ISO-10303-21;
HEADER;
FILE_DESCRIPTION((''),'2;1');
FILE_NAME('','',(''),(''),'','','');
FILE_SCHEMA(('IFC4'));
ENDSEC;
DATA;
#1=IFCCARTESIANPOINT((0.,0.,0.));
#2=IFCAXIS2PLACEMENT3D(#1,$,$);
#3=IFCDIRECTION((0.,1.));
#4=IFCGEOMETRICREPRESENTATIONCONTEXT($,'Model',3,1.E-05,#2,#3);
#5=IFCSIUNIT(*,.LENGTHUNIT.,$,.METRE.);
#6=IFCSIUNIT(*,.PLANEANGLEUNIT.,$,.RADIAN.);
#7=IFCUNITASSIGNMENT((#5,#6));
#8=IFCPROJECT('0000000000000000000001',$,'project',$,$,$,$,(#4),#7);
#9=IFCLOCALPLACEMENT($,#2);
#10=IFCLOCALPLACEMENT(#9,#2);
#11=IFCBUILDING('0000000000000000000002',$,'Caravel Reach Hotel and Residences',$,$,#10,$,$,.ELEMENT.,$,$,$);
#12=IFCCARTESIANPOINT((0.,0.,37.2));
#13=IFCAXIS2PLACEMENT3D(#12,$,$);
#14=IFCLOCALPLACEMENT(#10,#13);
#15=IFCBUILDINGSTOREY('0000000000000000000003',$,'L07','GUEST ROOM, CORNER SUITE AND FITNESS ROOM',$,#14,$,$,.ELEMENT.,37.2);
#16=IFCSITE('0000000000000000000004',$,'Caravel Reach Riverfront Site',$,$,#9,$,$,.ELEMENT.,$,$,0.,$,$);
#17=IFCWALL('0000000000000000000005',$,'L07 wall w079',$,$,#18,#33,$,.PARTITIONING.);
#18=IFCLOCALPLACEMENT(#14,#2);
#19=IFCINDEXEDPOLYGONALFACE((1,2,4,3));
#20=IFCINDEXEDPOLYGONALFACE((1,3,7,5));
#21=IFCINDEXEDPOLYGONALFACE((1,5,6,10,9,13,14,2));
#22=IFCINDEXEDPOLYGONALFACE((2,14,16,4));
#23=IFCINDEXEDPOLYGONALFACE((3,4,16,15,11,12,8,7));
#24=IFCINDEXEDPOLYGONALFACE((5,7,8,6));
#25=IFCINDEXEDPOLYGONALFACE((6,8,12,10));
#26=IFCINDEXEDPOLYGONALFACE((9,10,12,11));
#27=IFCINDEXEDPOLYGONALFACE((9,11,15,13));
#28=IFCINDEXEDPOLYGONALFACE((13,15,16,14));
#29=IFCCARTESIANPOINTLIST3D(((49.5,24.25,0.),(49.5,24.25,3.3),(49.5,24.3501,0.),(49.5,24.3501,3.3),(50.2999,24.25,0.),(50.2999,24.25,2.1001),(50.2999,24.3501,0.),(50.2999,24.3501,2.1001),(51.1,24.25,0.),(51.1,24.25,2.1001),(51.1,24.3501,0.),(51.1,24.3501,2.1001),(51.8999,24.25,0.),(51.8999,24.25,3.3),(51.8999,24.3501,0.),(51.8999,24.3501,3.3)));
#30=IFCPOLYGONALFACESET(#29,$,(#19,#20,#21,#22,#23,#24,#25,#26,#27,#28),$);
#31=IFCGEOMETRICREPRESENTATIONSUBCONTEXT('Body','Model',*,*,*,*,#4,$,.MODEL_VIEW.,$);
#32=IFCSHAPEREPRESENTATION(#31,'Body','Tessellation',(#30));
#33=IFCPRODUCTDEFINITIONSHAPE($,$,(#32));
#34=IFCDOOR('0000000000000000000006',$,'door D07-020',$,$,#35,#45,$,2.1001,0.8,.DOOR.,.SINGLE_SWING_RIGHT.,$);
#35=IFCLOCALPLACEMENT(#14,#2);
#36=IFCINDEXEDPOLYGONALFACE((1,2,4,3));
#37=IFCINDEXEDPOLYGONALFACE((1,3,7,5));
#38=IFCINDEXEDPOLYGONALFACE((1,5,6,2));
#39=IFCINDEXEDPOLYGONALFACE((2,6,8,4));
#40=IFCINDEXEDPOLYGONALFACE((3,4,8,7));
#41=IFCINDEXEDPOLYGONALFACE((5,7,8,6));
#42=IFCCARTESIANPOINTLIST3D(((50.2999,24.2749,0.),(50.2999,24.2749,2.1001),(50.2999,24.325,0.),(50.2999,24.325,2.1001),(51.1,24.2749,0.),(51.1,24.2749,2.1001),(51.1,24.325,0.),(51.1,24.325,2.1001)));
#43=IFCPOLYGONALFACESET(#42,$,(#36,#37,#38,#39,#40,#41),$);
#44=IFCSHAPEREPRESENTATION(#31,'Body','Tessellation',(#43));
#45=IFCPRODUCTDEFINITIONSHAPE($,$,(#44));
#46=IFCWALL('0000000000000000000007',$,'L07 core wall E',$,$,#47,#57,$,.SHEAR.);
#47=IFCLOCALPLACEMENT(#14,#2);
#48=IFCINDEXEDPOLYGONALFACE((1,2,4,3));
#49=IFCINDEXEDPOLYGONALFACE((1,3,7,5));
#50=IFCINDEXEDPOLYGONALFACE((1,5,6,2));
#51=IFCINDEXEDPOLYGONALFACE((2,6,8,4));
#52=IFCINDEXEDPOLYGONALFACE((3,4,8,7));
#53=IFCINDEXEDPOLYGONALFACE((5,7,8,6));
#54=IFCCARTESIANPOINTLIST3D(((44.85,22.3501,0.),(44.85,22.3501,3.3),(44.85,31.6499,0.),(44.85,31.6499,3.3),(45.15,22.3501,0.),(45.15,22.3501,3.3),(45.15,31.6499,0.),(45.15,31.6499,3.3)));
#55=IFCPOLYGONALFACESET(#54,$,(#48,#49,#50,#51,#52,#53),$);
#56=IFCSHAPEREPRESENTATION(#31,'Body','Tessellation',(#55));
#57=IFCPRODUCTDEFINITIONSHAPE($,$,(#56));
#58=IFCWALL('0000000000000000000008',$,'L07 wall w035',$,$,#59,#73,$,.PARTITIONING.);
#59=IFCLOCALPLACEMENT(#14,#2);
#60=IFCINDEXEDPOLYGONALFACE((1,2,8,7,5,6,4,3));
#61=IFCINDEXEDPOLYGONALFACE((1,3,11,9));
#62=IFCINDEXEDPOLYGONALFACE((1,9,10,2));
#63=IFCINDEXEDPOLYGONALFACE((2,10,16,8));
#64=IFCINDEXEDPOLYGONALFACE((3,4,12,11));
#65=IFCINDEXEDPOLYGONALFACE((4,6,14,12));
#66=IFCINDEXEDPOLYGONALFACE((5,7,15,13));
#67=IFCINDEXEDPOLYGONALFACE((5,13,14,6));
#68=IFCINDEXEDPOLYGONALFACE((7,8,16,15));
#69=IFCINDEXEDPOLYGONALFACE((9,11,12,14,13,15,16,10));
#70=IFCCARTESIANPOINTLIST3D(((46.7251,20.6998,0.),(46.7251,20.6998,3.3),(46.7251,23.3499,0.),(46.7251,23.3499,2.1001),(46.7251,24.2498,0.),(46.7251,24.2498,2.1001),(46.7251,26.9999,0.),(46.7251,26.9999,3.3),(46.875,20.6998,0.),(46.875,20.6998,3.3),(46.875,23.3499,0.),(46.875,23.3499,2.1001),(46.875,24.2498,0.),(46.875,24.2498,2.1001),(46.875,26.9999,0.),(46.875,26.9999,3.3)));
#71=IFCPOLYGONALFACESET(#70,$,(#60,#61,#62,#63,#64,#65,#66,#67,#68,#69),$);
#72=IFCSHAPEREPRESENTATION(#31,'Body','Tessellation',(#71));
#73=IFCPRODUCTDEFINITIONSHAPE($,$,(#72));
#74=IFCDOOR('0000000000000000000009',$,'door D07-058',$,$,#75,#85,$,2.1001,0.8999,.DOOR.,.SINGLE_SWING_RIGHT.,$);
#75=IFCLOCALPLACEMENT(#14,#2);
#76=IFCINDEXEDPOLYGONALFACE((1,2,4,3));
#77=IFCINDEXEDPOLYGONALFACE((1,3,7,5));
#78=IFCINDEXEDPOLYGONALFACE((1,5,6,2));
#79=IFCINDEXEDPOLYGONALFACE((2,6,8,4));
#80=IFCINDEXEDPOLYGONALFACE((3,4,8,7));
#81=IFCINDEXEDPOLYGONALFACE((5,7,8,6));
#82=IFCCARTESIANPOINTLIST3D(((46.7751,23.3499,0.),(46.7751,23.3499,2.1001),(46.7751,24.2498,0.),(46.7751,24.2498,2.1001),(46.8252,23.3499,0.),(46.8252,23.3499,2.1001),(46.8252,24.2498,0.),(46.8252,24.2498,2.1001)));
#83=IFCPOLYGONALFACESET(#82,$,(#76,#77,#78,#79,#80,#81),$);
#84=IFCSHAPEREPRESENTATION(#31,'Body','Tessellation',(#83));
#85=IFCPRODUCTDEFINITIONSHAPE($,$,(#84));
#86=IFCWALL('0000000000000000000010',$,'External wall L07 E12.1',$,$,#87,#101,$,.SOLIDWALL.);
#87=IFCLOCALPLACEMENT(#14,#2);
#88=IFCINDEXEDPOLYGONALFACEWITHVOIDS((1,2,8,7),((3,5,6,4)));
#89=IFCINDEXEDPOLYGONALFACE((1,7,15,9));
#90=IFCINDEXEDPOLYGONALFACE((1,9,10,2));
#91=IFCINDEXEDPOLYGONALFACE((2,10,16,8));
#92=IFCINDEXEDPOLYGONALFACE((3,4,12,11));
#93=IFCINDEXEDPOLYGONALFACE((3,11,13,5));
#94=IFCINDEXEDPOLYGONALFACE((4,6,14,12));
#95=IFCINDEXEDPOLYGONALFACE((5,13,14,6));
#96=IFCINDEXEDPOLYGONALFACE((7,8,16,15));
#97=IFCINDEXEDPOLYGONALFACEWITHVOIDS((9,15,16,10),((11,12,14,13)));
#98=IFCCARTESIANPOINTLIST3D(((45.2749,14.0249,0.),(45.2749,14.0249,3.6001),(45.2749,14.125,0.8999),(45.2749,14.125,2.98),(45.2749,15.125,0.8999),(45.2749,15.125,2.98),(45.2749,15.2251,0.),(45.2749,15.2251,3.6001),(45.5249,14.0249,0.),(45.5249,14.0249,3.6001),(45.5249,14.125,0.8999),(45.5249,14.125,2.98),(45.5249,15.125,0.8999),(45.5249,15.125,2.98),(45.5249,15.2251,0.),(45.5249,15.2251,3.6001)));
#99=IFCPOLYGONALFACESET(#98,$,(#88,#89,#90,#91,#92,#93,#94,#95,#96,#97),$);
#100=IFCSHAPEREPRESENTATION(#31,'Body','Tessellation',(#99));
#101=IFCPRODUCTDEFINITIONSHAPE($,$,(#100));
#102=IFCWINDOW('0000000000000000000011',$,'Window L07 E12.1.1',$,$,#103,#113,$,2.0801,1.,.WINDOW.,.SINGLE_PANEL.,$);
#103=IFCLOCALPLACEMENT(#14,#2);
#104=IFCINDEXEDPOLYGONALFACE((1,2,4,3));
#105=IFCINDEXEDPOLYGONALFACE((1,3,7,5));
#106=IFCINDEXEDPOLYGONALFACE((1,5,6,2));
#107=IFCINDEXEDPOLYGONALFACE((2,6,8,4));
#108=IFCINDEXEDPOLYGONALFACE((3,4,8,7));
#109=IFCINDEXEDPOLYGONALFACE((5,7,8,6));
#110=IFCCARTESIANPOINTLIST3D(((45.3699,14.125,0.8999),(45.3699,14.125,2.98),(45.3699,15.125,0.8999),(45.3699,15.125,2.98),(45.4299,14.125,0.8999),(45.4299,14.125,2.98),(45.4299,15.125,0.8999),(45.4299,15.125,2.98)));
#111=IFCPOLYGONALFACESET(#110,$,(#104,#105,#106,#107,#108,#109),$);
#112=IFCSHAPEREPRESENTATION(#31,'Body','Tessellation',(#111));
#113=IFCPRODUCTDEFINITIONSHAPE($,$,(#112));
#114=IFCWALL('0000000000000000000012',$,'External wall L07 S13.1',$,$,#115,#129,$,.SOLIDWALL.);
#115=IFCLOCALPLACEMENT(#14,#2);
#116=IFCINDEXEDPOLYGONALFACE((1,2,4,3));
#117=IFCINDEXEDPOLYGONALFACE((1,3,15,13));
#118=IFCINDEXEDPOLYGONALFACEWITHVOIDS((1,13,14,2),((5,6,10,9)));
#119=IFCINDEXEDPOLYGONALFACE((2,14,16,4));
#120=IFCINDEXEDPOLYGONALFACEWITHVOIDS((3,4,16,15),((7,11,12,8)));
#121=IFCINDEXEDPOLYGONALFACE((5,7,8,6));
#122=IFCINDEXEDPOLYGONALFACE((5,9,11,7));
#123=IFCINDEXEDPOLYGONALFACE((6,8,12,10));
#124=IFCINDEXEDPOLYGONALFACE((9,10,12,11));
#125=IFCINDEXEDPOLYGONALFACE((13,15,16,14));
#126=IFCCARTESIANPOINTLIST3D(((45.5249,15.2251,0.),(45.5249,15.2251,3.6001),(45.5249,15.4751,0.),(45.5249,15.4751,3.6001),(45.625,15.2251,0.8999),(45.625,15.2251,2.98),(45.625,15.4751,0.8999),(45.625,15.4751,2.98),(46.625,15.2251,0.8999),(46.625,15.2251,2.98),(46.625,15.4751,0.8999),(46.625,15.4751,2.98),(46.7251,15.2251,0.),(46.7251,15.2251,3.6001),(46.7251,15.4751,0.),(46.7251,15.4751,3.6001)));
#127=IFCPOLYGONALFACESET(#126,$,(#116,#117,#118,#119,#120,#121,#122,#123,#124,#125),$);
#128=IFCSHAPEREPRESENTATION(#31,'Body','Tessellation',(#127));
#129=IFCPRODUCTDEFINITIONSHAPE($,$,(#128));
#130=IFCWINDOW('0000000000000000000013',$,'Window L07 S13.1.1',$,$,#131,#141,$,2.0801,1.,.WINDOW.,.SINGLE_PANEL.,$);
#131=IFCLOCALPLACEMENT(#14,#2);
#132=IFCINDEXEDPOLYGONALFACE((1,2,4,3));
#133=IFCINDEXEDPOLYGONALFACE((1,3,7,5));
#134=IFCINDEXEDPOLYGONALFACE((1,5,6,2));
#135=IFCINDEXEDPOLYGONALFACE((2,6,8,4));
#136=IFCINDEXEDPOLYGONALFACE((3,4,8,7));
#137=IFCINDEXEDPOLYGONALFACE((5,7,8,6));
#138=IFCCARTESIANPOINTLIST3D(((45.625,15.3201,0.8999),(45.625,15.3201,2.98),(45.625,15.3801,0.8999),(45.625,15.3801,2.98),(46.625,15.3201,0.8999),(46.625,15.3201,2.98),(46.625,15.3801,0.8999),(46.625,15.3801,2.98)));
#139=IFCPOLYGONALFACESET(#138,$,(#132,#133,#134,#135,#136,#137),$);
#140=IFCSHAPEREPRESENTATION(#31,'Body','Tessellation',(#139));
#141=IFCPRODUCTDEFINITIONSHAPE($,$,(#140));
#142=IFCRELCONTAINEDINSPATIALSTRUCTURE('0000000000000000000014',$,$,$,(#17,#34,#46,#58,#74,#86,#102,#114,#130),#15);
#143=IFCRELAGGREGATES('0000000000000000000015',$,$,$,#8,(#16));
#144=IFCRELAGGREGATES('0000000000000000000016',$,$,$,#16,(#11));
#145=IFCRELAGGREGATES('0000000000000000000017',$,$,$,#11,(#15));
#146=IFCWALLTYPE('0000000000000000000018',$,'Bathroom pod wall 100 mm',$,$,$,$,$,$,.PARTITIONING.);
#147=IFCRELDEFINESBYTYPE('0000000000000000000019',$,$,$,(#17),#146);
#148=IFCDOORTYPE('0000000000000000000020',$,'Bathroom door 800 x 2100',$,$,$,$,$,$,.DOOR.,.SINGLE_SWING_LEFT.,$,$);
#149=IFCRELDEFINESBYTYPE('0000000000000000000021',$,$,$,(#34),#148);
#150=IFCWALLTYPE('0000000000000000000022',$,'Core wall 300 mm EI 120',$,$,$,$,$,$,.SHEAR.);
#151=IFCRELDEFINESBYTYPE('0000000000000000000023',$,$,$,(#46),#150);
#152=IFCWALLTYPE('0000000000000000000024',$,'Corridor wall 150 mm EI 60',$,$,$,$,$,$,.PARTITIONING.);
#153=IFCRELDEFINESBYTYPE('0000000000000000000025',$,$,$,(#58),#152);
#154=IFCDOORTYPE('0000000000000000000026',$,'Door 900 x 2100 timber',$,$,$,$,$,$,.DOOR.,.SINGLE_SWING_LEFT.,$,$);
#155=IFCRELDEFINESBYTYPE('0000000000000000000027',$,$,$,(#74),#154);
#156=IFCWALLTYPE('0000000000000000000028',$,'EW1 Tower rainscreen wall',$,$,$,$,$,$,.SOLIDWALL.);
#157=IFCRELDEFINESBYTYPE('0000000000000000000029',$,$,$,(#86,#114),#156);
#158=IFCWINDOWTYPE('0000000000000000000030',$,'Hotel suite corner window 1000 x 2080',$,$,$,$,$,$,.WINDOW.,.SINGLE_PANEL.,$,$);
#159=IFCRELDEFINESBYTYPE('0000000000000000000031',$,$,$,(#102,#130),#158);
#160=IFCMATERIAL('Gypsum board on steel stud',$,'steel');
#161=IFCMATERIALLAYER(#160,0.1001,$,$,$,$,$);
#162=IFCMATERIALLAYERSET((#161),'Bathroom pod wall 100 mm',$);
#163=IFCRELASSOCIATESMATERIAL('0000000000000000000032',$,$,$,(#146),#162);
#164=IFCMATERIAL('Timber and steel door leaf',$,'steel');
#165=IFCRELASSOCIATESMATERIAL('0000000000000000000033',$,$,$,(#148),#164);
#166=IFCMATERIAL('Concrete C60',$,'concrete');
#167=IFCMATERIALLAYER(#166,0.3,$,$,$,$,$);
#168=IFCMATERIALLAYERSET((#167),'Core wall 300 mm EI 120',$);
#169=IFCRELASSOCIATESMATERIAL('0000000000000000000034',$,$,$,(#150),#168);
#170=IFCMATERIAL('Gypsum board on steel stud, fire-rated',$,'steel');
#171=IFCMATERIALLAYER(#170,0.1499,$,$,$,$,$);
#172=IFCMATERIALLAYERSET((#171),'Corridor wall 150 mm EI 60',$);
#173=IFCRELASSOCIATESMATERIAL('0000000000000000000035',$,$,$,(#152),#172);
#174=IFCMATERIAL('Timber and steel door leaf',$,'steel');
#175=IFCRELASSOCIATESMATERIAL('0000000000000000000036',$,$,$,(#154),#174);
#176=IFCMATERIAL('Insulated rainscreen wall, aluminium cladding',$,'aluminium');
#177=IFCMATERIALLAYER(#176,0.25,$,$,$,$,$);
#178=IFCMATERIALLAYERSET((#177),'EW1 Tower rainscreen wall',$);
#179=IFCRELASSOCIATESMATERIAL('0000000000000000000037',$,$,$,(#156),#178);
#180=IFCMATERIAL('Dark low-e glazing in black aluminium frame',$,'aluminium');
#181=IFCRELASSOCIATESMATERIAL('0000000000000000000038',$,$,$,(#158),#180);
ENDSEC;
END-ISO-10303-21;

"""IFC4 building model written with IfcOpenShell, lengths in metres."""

from ifc_helpers import new_model, si_unit, direction, frame, frame_2d, origin, place, context, subcontext, project, spatial, rectangle, extrude, material, layer, layer_set, type_object, element, fill, save


model = new_model("IFC4")

# Units and contexts
model_context = context("Model", 3, precision=1e-05, world=origin(), true_north=direction((0.0, 1.0)))
body_context = subcontext(model_context, "Body", "Model", "MODEL_VIEW")
ifc_project = project(units=[si_unit("LENGTHUNIT", "METRE"), si_unit("PLANEANGLEUNIT", "RADIAN")], contexts=[model_context])

# Site, building, storey
site_placement = place(None, origin())
site = spatial("IfcSite", under=ifc_project, at=site_placement, Name="Caravel Reach Riverfront Site", CompositionType="ELEMENT", RefElevation=0.0)
building_placement = place(site_placement, origin())
building = spatial("IfcBuilding", under=site, at=building_placement, Name="Caravel Reach Hotel and Residences", CompositionType="ELEMENT")
storey_placement = place(building_placement, frame((0.0, 0.0, 37.2)))
storey = spatial("IfcBuildingStorey", under=building, at=storey_placement, Name="L07", Description="GUEST ROOM, CORNER SUITE AND FITNESS ROOM", CompositionType="ELEMENT", Elevation=37.2)

# Wall, opening, door
ifc_material_1 = material(Name="Gypsum board on steel stud", Category="steel")
ifc_layer_1 = layer(ifc_material_1, 0.1001)
ifc_layer_set_1 = layer_set([ifc_layer_1], Name="Bathroom pod wall 100 mm")
wall_type_1 = type_object("IfcWallType", Name="Bathroom pod wall 100 mm", PredefinedType="PARTITIONING", material=ifc_layer_set_1)
wall_1_placement = place(storey_placement, frame((49.5, 24.3, 0.0), z_axis=(0.0, 0.0, 1.0), x_axis=(1.0, 0.0, 0.0)))
wall_1 = element("IfcWall", 1, at=wall_1_placement, inside=storey, type_object=wall_type_1, Name="L07 wall w079", PredefinedType="PARTITIONING", context=body_context, shape_type="SweptSolid", body=[
    extrude(rectangle(XDim=2.3999, YDim=0.1001, at=frame_2d((1.2, 0.0))), origin(), (0.0, 0.0, 1.0), 3.3),
])
opening_1_placement = place(wall_1_placement, frame((0.8, 0.0, 0.0)))
opening_1 = element("IfcOpeningElement", 2, at=opening_1_placement, cuts=wall_1, PredefinedType="OPENING", context=body_context, shape_type="SweptSolid", body=[
    extrude(rectangle(XDim=0.8, YDim=2.1001, at=frame_2d((0.3999, 1.05))), frame((0.0, 0.0601, 0.0), z_axis=(0.0, -1.0, 0.0), x_axis=(1.0, 0.0, 0.0)), (0.0, 0.0, 1.0), 0.1201),
])
ifc_material_2 = material(Name="Timber and steel door leaf", Category="steel")
door_type_1 = type_object("IfcDoorType", Name="Bathroom door 800 x 2100", OperationType="SINGLE_SWING_LEFT", PredefinedType="DOOR", material=ifc_material_2)
door_1_placement = place(opening_1_placement, origin())
door_1 = element("IfcDoor", 3, at=door_1_placement, inside=storey, type_object=door_type_1, Name="door D07-020", OperationType="SINGLE_SWING_RIGHT", OverallHeight=2.1001, OverallWidth=0.8, PredefinedType="DOOR", context=body_context, shape_type="SweptSolid", body=[
    extrude(rectangle(XDim=0.8, YDim=2.1001, at=frame_2d((0.3999, 1.05))), frame((0.0, 0.0249, 0.0), z_axis=(0.0, -1.0, 0.0), x_axis=(1.0, 0.0, 0.0)), (0.0, 0.0, 1.0), 0.05),
])
fill(opening_1, door_1)

# Wall
ifc_material_3 = material(Name="Concrete C60", Category="concrete")
ifc_layer_2 = layer(ifc_material_3, 0.3)
ifc_layer_set_2 = layer_set([ifc_layer_2], Name="Core wall 300 mm EI 120")
wall_type_2 = type_object("IfcWallType", Name="Core wall 300 mm EI 120", PredefinedType="SHEAR", material=ifc_layer_set_2)
wall_2_placement = place(storey_placement, frame((45.0, 22.3501, 0.0), z_axis=(0.0, 0.0, 1.0), x_axis=(0.0, 1.0, 0.0)))
element("IfcWall", 4, at=wall_2_placement, inside=storey, type_object=wall_type_2, Name="L07 core wall E", PredefinedType="SHEAR", context=body_context, shape_type="SweptSolid", body=[
    extrude(rectangle(XDim=9.2998, YDim=0.3, at=frame_2d((4.6499, 0.0))), origin(), (0.0, 0.0, 1.0), 3.3),
])

# Wall, opening, door
ifc_material_4 = material(Name="Gypsum board on steel stud, fire-rated", Category="steel")
ifc_layer_3 = layer(ifc_material_4, 0.1499)
ifc_layer_set_3 = layer_set([ifc_layer_3], Name="Corridor wall 150 mm EI 60")
wall_type_3 = type_object("IfcWallType", Name="Corridor wall 150 mm EI 60", PredefinedType="PARTITIONING", material=ifc_layer_set_3)
wall_3_placement = place(storey_placement, frame((46.8, 20.7, 0.0), z_axis=(0.0, 0.0, 1.0), x_axis=(0.0, 1.0, 0.0)))
wall_3 = element("IfcWall", 5, at=wall_3_placement, inside=storey, type_object=wall_type_3, Name="L07 wall w035", PredefinedType="PARTITIONING", context=body_context, shape_type="SweptSolid", body=[
    extrude(rectangle(XDim=6.3, YDim=0.1499, at=frame_2d((3.1499, 0.0))), origin(), (0.0, 0.0, 1.0), 3.3),
])
opening_2_placement = place(wall_3_placement, frame((2.6499, 0.0, 0.0)))
opening_2 = element("IfcOpeningElement", 6, at=opening_2_placement, cuts=wall_3, PredefinedType="OPENING", context=body_context, shape_type="SweptSolid", body=[
    extrude(rectangle(XDim=0.8999, YDim=2.1001, at=frame_2d((0.45, 1.05))), frame((0.0, 0.085, 0.0), z_axis=(0.0, -1.0, 0.0), x_axis=(1.0, 0.0, 0.0)), (0.0, 0.0, 1.0), 0.1699),
])
ifc_material_5 = material(Name="Timber and steel door leaf", Category="steel")
door_type_2 = type_object("IfcDoorType", Name="Door 900 x 2100 timber", OperationType="SINGLE_SWING_LEFT", PredefinedType="DOOR", material=ifc_material_5)
door_2_placement = place(opening_2_placement, origin())
door_2 = element("IfcDoor", 7, at=door_2_placement, inside=storey, type_object=door_type_2, Name="door D07-058", OperationType="SINGLE_SWING_RIGHT", OverallHeight=2.1001, OverallWidth=0.8999, PredefinedType="DOOR", context=body_context, shape_type="SweptSolid", body=[
    extrude(rectangle(XDim=0.8999, YDim=2.1001, at=frame_2d((0.45, 1.05))), frame((0.0, 0.0249, 0.0), z_axis=(0.0, -1.0, 0.0), x_axis=(1.0, 0.0, 0.0)), (0.0, 0.0, 1.0), 0.05),
])
fill(opening_2, door_2)

# Walls, openings, windows
ifc_material_6 = material(Name="Insulated rainscreen wall, aluminium cladding", Category="aluminium")
ifc_layer_4 = layer(ifc_material_6, 0.25)
ifc_layer_set_4 = layer_set([ifc_layer_4], Name="EW1 Tower rainscreen wall")
wall_type_4 = type_object("IfcWallType", Name="EW1 Tower rainscreen wall", PredefinedType="SOLIDWALL", material=ifc_layer_set_4)
wall_4_placement = place(storey_placement, frame((45.3999, 14.0249, 0.0), z_axis=(0.0, 0.0, 1.0), x_axis=(0.0, 1.0, 0.0)))
wall_4 = element("IfcWall", 8, at=wall_4_placement, inside=storey, type_object=wall_type_4, Name="External wall L07 E12.1", PredefinedType="SOLIDWALL", context=body_context, shape_type="SweptSolid", body=[
    extrude(rectangle(XDim=1.2002, YDim=0.25, at=frame_2d((0.6001, 0.0))), origin(), (0.0, 0.0, 1.0), 3.6001),
])
opening_3_placement = place(wall_4_placement, frame((0.1001, 0.0, 0.8999)))
opening_3 = element("IfcOpeningElement", 9, at=opening_3_placement, cuts=wall_4, PredefinedType="OPENING", context=body_context, shape_type="SweptSolid", body=[
    extrude(rectangle(XDim=1.0, YDim=2.0801, at=frame_2d((0.5, 1.04))), frame((0.0, 0.135, 0.0), z_axis=(0.0, -1.0, 0.0), x_axis=(1.0, 0.0, 0.0)), (0.0, 0.0, 1.0), 0.27),
])
ifc_material_7 = material(Name="Dark low-e glazing in black aluminium frame", Category="aluminium")
window_type_1 = type_object("IfcWindowType", Name="Hotel suite corner window 1000 x 2080", PartitioningType="SINGLE_PANEL", PredefinedType="WINDOW", material=ifc_material_7)
window_1_placement = place(opening_3_placement, origin())
window_1 = element("IfcWindow", 10, at=window_1_placement, inside=storey, type_object=window_type_1, Name="Window L07 E12.1.1", OverallHeight=2.0801, OverallWidth=1.0, PartitioningType="SINGLE_PANEL", PredefinedType="WINDOW", context=body_context, shape_type="SweptSolid", body=[
    extrude(rectangle(XDim=1.0, YDim=2.0801, at=frame_2d((0.5, 1.04))), frame((0.0, 0.03, 0.0), z_axis=(0.0, -1.0, 0.0), x_axis=(1.0, 0.0, 0.0)), (0.0, 0.0, 1.0), 0.0601),
])
fill(opening_3, window_1)
wall_5_placement = place(storey_placement, frame((45.5249, 15.3501, 0.0), z_axis=(0.0, 0.0, 1.0), x_axis=(1.0, 0.0, 0.0)))
wall_5 = element("IfcWall", 11, at=wall_5_placement, inside=storey, type_object=wall_type_4, Name="External wall L07 S13.1", PredefinedType="SOLIDWALL", context=body_context, shape_type="SweptSolid", body=[
    extrude(rectangle(XDim=1.2002, YDim=0.25, at=frame_2d((0.6001, 0.0))), origin(), (0.0, 0.0, 1.0), 3.6001),
])
opening_4_placement = place(wall_5_placement, frame((0.1001, 0.0, 0.8999)))
opening_4 = element("IfcOpeningElement", 12, at=opening_4_placement, cuts=wall_5, PredefinedType="OPENING", context=body_context, shape_type="SweptSolid", body=[
    extrude(rectangle(XDim=1.0, YDim=2.0801, at=frame_2d((0.5, 1.04))), frame((0.0, 0.135, 0.0), z_axis=(0.0, -1.0, 0.0), x_axis=(1.0, 0.0, 0.0)), (0.0, 0.0, 1.0), 0.27),
])
window_2_placement = place(opening_4_placement, origin())
window_2 = element("IfcWindow", 13, at=window_2_placement, inside=storey, type_object=window_type_1, Name="Window L07 S13.1.1", OverallHeight=2.0801, OverallWidth=1.0, PartitioningType="SINGLE_PANEL", PredefinedType="WINDOW", context=body_context, shape_type="SweptSolid", body=[
    extrude(rectangle(XDim=1.0, YDim=2.0801, at=frame_2d((0.5, 1.04))), frame((0.0, 0.03, 0.0), z_axis=(0.0, -1.0, 0.0), x_axis=(1.0, 0.0, 0.0)), (0.0, 0.0, 1.0), 0.0601),
])
fill(opening_4, window_2)

save(model, "model.ifc")
